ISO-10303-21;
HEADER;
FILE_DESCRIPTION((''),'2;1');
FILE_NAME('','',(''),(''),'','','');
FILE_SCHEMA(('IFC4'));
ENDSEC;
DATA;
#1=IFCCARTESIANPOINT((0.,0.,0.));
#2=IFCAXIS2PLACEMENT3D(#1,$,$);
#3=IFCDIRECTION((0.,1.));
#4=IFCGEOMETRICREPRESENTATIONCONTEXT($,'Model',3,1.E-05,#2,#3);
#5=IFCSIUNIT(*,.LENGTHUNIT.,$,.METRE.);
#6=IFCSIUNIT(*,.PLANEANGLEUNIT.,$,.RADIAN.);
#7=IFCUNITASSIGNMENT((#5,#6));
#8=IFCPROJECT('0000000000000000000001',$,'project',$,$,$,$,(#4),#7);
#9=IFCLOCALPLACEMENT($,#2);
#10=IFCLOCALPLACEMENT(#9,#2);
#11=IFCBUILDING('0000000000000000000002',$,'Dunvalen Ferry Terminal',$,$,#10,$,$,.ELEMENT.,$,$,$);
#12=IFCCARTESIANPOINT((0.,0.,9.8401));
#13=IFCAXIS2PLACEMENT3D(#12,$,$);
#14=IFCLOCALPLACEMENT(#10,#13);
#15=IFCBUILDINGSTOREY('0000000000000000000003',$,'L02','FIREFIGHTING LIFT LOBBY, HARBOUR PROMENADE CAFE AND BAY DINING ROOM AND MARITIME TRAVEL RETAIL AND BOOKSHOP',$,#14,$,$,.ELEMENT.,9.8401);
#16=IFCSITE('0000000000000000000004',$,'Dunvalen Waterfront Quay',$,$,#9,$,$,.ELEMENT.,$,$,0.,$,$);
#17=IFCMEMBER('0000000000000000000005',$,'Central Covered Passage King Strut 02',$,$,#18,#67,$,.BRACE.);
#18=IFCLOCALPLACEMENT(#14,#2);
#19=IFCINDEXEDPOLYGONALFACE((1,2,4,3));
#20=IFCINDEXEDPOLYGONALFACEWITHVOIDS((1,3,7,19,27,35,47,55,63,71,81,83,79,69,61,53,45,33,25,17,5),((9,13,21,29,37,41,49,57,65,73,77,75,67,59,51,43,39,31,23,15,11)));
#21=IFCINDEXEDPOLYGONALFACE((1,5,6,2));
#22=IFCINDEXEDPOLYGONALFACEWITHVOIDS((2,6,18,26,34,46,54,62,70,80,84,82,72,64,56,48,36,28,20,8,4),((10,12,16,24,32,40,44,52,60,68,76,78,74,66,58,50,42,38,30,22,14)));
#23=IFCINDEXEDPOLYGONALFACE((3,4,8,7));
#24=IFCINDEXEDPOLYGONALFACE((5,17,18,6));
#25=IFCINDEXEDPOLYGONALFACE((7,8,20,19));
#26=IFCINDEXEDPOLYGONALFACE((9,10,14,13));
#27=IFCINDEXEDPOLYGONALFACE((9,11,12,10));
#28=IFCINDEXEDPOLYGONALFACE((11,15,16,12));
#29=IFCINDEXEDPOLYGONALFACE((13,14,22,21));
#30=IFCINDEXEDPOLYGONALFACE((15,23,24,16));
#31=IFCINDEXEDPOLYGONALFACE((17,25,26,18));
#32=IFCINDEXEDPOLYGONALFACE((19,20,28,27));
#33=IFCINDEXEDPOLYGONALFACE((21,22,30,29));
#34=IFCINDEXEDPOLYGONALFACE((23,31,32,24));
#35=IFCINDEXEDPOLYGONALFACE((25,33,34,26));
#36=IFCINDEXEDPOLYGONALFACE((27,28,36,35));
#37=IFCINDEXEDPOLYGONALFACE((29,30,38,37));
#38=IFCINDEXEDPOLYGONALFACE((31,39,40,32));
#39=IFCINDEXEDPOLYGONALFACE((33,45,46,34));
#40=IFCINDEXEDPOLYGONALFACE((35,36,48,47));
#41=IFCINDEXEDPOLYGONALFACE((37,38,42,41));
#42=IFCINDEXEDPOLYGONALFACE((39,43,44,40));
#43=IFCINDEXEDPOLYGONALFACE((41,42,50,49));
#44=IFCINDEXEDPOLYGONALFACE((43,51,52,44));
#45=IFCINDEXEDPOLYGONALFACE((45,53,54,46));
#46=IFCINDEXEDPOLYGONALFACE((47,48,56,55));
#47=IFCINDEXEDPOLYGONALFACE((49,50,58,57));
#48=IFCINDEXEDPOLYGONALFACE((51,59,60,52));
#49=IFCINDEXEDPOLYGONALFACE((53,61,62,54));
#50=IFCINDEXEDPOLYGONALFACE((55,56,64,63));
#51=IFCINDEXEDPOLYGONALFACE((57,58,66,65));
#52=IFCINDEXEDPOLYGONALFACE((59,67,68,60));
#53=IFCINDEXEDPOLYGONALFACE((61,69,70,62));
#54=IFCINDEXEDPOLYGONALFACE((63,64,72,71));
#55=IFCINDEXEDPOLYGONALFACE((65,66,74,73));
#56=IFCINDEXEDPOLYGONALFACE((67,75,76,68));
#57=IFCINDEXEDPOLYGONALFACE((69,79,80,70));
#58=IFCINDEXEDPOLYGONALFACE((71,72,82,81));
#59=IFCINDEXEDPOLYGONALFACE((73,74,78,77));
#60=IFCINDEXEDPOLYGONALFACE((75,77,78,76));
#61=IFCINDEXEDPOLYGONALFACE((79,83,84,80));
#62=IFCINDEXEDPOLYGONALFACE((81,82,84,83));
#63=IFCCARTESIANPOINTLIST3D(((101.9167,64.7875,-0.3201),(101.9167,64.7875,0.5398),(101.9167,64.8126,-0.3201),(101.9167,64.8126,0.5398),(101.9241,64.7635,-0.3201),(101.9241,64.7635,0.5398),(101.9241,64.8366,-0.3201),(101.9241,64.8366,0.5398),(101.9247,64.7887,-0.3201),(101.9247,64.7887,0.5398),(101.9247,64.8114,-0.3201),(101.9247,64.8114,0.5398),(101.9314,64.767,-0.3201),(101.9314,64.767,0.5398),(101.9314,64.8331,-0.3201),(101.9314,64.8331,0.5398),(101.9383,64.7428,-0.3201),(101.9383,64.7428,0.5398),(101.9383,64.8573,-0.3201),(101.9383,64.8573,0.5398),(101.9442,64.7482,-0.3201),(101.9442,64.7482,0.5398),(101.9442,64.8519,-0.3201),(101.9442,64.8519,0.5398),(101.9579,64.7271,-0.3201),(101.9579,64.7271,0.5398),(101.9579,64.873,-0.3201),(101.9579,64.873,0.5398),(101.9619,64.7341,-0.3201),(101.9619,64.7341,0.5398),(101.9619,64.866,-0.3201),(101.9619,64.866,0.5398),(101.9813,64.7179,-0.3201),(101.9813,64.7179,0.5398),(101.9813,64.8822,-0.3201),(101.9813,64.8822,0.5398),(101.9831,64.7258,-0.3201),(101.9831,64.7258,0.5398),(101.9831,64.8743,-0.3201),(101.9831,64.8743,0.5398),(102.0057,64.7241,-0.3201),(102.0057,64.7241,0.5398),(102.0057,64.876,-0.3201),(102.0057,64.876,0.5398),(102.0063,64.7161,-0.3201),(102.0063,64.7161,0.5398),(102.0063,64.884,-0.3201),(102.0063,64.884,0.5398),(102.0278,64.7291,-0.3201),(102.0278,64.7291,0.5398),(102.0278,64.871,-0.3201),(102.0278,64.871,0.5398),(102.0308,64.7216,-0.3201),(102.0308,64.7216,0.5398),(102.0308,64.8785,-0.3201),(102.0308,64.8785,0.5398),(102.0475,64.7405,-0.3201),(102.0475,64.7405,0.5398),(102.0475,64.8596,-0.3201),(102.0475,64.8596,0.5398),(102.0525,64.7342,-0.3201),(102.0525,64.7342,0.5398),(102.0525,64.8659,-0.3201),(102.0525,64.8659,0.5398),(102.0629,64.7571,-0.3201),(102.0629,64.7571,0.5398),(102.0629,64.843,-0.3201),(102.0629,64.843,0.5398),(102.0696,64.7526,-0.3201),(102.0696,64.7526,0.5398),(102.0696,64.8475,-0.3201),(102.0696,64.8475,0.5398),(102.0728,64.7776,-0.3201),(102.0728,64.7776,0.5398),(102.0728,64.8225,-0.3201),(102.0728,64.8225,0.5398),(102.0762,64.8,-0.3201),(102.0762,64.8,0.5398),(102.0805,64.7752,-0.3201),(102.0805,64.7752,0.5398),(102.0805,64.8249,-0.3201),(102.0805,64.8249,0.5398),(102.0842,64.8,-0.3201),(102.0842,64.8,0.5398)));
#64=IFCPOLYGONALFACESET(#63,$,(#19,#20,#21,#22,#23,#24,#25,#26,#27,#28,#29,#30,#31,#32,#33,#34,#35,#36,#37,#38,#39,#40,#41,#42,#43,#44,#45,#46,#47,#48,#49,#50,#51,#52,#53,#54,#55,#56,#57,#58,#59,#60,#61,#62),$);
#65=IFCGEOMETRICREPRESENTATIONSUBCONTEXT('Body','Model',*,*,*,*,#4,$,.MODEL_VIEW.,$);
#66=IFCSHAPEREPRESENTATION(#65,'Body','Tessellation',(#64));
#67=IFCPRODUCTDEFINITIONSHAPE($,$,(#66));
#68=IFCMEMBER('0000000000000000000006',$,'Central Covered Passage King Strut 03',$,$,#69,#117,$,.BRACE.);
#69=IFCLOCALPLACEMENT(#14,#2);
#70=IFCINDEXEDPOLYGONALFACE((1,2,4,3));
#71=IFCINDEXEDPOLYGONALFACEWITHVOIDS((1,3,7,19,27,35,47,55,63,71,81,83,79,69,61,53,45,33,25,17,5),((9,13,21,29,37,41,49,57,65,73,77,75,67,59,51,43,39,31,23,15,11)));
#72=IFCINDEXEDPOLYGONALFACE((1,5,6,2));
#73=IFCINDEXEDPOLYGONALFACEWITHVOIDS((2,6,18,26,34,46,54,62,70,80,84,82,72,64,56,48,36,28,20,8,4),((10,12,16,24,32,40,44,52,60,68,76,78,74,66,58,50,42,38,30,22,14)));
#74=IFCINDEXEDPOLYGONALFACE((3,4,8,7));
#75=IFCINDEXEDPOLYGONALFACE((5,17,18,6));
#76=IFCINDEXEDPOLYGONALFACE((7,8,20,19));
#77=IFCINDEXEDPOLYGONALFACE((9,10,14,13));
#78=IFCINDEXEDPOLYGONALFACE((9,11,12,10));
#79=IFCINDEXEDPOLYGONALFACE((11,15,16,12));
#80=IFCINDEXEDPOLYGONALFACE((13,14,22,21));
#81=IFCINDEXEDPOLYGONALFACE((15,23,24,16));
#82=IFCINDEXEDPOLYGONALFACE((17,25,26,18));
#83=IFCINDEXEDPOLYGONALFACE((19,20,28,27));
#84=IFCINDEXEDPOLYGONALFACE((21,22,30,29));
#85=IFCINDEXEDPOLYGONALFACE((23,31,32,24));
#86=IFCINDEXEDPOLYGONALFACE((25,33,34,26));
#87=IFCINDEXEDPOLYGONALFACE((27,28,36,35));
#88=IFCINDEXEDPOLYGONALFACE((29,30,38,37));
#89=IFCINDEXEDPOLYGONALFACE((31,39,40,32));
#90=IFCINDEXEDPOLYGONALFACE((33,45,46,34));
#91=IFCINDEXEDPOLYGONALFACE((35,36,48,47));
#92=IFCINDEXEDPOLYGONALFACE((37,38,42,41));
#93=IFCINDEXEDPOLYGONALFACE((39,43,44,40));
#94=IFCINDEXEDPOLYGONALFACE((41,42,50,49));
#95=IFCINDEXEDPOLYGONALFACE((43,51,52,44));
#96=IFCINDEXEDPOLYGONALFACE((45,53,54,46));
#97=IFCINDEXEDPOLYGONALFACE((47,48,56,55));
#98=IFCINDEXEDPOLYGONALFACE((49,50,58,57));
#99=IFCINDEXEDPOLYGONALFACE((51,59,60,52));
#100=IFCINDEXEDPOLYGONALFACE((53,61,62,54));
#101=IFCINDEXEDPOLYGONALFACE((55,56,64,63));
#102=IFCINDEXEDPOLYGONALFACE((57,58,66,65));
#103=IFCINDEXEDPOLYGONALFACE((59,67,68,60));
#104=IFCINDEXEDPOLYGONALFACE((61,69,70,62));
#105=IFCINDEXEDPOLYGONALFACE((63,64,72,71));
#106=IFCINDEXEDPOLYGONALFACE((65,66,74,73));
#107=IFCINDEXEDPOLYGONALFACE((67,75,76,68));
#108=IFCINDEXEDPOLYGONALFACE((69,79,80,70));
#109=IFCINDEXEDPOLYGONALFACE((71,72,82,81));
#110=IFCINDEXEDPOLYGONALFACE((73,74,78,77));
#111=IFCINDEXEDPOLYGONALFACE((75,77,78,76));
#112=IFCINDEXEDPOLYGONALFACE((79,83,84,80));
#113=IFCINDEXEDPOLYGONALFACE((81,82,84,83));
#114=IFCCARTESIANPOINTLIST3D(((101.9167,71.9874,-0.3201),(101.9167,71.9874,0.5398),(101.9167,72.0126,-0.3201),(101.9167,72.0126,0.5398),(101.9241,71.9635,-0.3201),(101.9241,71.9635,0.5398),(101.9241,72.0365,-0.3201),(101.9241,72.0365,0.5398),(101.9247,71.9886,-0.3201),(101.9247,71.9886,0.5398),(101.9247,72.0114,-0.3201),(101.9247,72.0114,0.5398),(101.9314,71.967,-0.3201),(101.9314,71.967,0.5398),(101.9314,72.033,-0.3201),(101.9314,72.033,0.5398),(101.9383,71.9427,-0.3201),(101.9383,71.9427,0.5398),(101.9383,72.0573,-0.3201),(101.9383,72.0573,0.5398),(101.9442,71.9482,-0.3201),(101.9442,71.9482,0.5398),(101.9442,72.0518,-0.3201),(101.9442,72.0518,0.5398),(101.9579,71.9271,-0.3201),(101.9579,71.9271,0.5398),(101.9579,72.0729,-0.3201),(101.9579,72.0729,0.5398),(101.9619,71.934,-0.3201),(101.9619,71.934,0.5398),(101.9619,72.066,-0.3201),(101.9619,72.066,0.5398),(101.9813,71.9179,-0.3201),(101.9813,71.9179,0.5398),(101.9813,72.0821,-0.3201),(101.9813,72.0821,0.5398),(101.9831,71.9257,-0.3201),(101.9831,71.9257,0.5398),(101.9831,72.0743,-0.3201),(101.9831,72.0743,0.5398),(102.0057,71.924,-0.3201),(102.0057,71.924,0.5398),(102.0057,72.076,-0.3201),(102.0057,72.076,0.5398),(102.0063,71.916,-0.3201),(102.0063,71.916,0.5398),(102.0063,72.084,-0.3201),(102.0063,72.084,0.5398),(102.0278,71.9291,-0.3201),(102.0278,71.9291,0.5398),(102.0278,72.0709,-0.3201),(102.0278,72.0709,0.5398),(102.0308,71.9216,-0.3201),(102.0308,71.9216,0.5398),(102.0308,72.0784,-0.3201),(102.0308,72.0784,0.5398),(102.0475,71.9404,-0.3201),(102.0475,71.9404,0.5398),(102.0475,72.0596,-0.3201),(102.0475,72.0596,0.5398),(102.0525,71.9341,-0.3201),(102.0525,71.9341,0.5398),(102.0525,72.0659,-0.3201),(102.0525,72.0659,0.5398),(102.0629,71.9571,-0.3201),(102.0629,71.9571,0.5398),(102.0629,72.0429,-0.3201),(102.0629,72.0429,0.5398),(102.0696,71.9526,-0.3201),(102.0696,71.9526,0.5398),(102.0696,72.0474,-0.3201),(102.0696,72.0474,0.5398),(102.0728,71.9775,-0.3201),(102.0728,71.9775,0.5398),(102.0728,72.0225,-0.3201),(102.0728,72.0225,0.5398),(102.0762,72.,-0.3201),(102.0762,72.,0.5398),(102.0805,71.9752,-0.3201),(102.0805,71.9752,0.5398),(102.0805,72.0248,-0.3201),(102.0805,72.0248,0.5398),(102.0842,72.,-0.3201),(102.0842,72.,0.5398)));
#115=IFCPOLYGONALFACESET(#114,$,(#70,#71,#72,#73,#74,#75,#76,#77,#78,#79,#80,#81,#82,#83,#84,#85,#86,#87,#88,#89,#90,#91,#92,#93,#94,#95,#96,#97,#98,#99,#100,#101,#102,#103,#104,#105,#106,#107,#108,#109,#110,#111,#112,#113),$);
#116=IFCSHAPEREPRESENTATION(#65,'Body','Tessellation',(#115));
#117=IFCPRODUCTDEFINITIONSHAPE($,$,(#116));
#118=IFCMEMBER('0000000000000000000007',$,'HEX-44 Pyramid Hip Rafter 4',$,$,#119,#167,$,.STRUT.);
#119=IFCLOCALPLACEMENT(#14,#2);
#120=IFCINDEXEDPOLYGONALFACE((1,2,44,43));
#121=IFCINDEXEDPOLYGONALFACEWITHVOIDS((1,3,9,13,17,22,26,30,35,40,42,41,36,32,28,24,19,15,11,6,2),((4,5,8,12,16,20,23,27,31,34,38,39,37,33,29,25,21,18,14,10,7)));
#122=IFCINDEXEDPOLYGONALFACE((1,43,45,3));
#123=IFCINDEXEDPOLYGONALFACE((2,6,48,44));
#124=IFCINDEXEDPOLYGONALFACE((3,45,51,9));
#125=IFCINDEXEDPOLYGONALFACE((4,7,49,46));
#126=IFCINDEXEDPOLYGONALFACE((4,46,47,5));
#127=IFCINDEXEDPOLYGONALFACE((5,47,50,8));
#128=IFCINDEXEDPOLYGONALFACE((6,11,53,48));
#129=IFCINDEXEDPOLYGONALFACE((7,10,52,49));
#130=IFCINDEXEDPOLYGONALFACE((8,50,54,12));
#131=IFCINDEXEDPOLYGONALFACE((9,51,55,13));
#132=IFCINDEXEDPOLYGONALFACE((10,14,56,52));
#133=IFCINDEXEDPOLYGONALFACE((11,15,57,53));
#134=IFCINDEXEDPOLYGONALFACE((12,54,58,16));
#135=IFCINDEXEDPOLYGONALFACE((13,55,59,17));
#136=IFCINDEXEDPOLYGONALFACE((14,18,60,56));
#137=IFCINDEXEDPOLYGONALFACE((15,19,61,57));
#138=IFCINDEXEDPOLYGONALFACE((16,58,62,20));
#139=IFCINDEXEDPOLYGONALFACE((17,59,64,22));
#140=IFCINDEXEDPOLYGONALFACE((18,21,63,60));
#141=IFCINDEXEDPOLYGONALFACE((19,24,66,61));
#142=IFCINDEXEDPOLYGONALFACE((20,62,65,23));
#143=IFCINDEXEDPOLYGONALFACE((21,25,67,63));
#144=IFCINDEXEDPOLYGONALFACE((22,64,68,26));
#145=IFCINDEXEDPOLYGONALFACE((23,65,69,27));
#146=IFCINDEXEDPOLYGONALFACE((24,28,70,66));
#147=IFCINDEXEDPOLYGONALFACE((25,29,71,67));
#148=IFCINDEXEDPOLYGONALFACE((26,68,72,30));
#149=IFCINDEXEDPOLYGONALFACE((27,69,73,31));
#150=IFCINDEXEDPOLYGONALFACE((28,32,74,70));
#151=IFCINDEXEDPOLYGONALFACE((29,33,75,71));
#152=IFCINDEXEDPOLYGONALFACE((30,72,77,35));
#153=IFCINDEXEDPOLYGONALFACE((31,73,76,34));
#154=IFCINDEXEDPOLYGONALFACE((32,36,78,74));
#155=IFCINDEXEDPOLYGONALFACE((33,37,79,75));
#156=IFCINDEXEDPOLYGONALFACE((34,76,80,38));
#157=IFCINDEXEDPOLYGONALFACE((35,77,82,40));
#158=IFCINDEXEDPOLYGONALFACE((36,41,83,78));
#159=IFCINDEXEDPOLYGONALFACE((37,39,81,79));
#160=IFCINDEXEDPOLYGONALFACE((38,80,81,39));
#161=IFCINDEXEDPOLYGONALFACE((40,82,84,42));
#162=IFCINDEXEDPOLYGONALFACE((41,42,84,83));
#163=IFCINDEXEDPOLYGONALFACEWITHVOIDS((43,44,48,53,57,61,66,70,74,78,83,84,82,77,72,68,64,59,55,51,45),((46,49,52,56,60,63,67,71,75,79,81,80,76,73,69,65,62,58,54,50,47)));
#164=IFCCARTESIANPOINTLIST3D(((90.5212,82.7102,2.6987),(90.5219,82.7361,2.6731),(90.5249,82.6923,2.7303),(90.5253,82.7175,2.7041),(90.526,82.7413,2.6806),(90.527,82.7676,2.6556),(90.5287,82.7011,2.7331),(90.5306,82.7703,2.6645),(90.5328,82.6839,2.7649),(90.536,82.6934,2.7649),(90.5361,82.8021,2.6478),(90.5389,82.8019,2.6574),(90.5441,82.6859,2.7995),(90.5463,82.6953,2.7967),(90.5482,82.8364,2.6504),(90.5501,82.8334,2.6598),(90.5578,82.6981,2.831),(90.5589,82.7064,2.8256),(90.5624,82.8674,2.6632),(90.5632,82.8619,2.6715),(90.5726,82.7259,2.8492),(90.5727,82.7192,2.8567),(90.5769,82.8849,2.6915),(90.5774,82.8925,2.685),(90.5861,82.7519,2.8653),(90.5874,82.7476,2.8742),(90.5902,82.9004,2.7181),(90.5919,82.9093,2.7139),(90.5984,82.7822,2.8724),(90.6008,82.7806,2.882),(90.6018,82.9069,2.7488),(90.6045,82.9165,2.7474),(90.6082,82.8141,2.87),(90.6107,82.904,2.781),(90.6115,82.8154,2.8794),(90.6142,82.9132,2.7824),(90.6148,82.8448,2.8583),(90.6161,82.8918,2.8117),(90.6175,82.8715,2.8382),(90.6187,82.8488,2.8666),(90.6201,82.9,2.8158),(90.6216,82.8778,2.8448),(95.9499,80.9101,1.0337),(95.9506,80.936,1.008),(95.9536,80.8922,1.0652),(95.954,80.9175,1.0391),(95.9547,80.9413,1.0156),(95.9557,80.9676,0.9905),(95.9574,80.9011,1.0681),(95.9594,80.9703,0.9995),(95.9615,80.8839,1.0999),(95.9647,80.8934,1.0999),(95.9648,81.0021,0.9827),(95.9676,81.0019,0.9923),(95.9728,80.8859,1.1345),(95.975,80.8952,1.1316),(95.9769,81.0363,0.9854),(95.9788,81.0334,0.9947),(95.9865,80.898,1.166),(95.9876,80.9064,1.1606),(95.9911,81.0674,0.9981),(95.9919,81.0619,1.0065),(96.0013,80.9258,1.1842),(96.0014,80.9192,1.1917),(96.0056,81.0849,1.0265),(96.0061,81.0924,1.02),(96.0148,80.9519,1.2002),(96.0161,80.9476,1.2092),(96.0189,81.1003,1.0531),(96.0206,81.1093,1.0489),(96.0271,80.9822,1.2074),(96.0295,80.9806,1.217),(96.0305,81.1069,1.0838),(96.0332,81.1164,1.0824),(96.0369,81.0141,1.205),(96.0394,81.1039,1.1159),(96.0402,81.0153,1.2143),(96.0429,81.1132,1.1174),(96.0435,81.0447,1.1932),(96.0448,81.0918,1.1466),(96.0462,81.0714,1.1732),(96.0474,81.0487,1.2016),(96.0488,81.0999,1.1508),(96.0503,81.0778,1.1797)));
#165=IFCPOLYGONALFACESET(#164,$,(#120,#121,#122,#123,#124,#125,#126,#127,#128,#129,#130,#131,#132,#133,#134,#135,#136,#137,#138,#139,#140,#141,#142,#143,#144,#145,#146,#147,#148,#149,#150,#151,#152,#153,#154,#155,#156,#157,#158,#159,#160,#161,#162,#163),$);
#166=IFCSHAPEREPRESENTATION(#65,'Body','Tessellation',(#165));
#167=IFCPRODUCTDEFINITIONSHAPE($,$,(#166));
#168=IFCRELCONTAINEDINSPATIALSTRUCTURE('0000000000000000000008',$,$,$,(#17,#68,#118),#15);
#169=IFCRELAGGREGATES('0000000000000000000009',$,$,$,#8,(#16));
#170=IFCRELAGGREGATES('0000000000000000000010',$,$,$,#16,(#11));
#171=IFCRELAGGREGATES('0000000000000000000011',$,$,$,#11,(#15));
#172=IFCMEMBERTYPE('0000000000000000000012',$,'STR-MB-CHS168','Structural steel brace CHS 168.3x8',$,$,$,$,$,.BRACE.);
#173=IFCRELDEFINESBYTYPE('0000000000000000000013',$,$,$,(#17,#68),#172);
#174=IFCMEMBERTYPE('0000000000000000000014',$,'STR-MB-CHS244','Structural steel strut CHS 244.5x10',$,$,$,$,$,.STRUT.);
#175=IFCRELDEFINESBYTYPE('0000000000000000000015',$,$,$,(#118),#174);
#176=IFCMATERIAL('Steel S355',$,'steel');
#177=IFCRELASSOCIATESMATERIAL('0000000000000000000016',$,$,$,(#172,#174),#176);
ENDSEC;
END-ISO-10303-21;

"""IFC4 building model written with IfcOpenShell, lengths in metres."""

from ifc_helpers import new_model, si_unit, direction, frame, origin, origin_2d, place, context, subcontext, project, spatial, hollow_circle, extrude, material, material_profile, profile_set, type_object, element, save


model = new_model("IFC4")

# Units and contexts
model_context = context("Model", 3, precision=1e-05, world=origin(), true_north=direction((0.0, 1.0)))
body_context = subcontext(model_context, "Body", "Model", "MODEL_VIEW")
ifc_project = project(units=[si_unit("LENGTHUNIT", "METRE"), si_unit("PLANEANGLEUNIT", "RADIAN")], contexts=[model_context])

# Site, building, storey
site_placement = place(None, origin())
site = spatial("IfcSite", under=ifc_project, at=site_placement, Name="Dunvalen Waterfront Quay", CompositionType="ELEMENT", RefElevation=0.0)
building_placement = place(site_placement, origin())
building = spatial("IfcBuilding", under=site, at=building_placement, Name="Dunvalen Ferry Terminal", CompositionType="ELEMENT")
storey_placement = place(building_placement, frame((0.0, 0.0, 9.8401)))
storey = spatial("IfcBuildingStorey", under=building, at=storey_placement, Name="L02", Description="FIREFIGHTING LIFT LOBBY, HARBOUR PROMENADE CAFE AND BAY DINING ROOM AND MARITIME TRAVEL RETAIL AND BOOKSHOP", CompositionType="ELEMENT", Elevation=9.8401)

# Shared definitions
ifc_material_1 = material(Name="Steel S355", Category="steel")

# Members
ifc_material_profile_1 = material_profile(ifc_material_1, hollow_circle(Radius=0.0842, WallThickness=0.0081, at=origin_2d()), Name="Steel S355")
ifc_profile_set_1 = profile_set([ifc_material_profile_1], Name="Steel S355")
member_type_1 = type_object("IfcMemberType", Name="STR-MB-CHS168", Description="Structural steel brace CHS 168.3x8", PredefinedType="BRACE", material=ifc_profile_set_1)
for number, where, z_axis, x_axis, name in (
    (1, (102.0, 64.8, -0.3201), (0.0, 0.0, 1.0), (1.0, 0.0, 0.0), "Central Covered Passage King Strut 02"),
    (2, (102.0, 72.0, -0.3201), (0.0, 0.0, 1.0), (1.0, 0.0, 0.0), "Central Covered Passage King Strut 03"),
):
    element("IfcMember", number, at=place(storey_placement, frame(where, z_axis=z_axis, x_axis=x_axis)), inside=storey, type_object=member_type_1, Name=name, PredefinedType="BRACE", context=body_context, shape_type="SweptSolid", body=[
        extrude(hollow_circle(Radius=0.0842, WallThickness=0.0081, at=origin_2d()), origin(), (0.0, 0.0, 1.0), 0.8599),
    ])
ifc_material_profile_2 = material_profile(ifc_material_1, hollow_circle(Radius=0.1223, WallThickness=0.01, at=origin_2d()), Name="Steel S355")
ifc_profile_set_2 = profile_set([ifc_material_profile_2], Name="Steel S355")
member_type_2 = type_object("IfcMemberType", Name="STR-MB-CHS244", Description="Structural steel strut CHS 244.5x10", PredefinedType="STRUT", material=ifc_profile_set_2)
member_1_placement = place(storey_placement, frame((96.0, 81.0, 1.0999), z_axis=(-0.911347, 0.302184, 0.279519), x_axis=(-0.314729, -0.949182, 0.0)))
element("IfcMember", 3, at=member_1_placement, inside=storey, type_object=member_type_2, Name="HEX-44 Pyramid Hip Rafter 4", PredefinedType="STRUT", context=body_context, shape_type="SweptSolid", body=[
    extrude(hollow_circle(Radius=0.1223, WallThickness=0.01, at=origin_2d()), origin(), (0.0, 0.0, 1.0), 5.9568),
])

save(model, "model.ifc")
